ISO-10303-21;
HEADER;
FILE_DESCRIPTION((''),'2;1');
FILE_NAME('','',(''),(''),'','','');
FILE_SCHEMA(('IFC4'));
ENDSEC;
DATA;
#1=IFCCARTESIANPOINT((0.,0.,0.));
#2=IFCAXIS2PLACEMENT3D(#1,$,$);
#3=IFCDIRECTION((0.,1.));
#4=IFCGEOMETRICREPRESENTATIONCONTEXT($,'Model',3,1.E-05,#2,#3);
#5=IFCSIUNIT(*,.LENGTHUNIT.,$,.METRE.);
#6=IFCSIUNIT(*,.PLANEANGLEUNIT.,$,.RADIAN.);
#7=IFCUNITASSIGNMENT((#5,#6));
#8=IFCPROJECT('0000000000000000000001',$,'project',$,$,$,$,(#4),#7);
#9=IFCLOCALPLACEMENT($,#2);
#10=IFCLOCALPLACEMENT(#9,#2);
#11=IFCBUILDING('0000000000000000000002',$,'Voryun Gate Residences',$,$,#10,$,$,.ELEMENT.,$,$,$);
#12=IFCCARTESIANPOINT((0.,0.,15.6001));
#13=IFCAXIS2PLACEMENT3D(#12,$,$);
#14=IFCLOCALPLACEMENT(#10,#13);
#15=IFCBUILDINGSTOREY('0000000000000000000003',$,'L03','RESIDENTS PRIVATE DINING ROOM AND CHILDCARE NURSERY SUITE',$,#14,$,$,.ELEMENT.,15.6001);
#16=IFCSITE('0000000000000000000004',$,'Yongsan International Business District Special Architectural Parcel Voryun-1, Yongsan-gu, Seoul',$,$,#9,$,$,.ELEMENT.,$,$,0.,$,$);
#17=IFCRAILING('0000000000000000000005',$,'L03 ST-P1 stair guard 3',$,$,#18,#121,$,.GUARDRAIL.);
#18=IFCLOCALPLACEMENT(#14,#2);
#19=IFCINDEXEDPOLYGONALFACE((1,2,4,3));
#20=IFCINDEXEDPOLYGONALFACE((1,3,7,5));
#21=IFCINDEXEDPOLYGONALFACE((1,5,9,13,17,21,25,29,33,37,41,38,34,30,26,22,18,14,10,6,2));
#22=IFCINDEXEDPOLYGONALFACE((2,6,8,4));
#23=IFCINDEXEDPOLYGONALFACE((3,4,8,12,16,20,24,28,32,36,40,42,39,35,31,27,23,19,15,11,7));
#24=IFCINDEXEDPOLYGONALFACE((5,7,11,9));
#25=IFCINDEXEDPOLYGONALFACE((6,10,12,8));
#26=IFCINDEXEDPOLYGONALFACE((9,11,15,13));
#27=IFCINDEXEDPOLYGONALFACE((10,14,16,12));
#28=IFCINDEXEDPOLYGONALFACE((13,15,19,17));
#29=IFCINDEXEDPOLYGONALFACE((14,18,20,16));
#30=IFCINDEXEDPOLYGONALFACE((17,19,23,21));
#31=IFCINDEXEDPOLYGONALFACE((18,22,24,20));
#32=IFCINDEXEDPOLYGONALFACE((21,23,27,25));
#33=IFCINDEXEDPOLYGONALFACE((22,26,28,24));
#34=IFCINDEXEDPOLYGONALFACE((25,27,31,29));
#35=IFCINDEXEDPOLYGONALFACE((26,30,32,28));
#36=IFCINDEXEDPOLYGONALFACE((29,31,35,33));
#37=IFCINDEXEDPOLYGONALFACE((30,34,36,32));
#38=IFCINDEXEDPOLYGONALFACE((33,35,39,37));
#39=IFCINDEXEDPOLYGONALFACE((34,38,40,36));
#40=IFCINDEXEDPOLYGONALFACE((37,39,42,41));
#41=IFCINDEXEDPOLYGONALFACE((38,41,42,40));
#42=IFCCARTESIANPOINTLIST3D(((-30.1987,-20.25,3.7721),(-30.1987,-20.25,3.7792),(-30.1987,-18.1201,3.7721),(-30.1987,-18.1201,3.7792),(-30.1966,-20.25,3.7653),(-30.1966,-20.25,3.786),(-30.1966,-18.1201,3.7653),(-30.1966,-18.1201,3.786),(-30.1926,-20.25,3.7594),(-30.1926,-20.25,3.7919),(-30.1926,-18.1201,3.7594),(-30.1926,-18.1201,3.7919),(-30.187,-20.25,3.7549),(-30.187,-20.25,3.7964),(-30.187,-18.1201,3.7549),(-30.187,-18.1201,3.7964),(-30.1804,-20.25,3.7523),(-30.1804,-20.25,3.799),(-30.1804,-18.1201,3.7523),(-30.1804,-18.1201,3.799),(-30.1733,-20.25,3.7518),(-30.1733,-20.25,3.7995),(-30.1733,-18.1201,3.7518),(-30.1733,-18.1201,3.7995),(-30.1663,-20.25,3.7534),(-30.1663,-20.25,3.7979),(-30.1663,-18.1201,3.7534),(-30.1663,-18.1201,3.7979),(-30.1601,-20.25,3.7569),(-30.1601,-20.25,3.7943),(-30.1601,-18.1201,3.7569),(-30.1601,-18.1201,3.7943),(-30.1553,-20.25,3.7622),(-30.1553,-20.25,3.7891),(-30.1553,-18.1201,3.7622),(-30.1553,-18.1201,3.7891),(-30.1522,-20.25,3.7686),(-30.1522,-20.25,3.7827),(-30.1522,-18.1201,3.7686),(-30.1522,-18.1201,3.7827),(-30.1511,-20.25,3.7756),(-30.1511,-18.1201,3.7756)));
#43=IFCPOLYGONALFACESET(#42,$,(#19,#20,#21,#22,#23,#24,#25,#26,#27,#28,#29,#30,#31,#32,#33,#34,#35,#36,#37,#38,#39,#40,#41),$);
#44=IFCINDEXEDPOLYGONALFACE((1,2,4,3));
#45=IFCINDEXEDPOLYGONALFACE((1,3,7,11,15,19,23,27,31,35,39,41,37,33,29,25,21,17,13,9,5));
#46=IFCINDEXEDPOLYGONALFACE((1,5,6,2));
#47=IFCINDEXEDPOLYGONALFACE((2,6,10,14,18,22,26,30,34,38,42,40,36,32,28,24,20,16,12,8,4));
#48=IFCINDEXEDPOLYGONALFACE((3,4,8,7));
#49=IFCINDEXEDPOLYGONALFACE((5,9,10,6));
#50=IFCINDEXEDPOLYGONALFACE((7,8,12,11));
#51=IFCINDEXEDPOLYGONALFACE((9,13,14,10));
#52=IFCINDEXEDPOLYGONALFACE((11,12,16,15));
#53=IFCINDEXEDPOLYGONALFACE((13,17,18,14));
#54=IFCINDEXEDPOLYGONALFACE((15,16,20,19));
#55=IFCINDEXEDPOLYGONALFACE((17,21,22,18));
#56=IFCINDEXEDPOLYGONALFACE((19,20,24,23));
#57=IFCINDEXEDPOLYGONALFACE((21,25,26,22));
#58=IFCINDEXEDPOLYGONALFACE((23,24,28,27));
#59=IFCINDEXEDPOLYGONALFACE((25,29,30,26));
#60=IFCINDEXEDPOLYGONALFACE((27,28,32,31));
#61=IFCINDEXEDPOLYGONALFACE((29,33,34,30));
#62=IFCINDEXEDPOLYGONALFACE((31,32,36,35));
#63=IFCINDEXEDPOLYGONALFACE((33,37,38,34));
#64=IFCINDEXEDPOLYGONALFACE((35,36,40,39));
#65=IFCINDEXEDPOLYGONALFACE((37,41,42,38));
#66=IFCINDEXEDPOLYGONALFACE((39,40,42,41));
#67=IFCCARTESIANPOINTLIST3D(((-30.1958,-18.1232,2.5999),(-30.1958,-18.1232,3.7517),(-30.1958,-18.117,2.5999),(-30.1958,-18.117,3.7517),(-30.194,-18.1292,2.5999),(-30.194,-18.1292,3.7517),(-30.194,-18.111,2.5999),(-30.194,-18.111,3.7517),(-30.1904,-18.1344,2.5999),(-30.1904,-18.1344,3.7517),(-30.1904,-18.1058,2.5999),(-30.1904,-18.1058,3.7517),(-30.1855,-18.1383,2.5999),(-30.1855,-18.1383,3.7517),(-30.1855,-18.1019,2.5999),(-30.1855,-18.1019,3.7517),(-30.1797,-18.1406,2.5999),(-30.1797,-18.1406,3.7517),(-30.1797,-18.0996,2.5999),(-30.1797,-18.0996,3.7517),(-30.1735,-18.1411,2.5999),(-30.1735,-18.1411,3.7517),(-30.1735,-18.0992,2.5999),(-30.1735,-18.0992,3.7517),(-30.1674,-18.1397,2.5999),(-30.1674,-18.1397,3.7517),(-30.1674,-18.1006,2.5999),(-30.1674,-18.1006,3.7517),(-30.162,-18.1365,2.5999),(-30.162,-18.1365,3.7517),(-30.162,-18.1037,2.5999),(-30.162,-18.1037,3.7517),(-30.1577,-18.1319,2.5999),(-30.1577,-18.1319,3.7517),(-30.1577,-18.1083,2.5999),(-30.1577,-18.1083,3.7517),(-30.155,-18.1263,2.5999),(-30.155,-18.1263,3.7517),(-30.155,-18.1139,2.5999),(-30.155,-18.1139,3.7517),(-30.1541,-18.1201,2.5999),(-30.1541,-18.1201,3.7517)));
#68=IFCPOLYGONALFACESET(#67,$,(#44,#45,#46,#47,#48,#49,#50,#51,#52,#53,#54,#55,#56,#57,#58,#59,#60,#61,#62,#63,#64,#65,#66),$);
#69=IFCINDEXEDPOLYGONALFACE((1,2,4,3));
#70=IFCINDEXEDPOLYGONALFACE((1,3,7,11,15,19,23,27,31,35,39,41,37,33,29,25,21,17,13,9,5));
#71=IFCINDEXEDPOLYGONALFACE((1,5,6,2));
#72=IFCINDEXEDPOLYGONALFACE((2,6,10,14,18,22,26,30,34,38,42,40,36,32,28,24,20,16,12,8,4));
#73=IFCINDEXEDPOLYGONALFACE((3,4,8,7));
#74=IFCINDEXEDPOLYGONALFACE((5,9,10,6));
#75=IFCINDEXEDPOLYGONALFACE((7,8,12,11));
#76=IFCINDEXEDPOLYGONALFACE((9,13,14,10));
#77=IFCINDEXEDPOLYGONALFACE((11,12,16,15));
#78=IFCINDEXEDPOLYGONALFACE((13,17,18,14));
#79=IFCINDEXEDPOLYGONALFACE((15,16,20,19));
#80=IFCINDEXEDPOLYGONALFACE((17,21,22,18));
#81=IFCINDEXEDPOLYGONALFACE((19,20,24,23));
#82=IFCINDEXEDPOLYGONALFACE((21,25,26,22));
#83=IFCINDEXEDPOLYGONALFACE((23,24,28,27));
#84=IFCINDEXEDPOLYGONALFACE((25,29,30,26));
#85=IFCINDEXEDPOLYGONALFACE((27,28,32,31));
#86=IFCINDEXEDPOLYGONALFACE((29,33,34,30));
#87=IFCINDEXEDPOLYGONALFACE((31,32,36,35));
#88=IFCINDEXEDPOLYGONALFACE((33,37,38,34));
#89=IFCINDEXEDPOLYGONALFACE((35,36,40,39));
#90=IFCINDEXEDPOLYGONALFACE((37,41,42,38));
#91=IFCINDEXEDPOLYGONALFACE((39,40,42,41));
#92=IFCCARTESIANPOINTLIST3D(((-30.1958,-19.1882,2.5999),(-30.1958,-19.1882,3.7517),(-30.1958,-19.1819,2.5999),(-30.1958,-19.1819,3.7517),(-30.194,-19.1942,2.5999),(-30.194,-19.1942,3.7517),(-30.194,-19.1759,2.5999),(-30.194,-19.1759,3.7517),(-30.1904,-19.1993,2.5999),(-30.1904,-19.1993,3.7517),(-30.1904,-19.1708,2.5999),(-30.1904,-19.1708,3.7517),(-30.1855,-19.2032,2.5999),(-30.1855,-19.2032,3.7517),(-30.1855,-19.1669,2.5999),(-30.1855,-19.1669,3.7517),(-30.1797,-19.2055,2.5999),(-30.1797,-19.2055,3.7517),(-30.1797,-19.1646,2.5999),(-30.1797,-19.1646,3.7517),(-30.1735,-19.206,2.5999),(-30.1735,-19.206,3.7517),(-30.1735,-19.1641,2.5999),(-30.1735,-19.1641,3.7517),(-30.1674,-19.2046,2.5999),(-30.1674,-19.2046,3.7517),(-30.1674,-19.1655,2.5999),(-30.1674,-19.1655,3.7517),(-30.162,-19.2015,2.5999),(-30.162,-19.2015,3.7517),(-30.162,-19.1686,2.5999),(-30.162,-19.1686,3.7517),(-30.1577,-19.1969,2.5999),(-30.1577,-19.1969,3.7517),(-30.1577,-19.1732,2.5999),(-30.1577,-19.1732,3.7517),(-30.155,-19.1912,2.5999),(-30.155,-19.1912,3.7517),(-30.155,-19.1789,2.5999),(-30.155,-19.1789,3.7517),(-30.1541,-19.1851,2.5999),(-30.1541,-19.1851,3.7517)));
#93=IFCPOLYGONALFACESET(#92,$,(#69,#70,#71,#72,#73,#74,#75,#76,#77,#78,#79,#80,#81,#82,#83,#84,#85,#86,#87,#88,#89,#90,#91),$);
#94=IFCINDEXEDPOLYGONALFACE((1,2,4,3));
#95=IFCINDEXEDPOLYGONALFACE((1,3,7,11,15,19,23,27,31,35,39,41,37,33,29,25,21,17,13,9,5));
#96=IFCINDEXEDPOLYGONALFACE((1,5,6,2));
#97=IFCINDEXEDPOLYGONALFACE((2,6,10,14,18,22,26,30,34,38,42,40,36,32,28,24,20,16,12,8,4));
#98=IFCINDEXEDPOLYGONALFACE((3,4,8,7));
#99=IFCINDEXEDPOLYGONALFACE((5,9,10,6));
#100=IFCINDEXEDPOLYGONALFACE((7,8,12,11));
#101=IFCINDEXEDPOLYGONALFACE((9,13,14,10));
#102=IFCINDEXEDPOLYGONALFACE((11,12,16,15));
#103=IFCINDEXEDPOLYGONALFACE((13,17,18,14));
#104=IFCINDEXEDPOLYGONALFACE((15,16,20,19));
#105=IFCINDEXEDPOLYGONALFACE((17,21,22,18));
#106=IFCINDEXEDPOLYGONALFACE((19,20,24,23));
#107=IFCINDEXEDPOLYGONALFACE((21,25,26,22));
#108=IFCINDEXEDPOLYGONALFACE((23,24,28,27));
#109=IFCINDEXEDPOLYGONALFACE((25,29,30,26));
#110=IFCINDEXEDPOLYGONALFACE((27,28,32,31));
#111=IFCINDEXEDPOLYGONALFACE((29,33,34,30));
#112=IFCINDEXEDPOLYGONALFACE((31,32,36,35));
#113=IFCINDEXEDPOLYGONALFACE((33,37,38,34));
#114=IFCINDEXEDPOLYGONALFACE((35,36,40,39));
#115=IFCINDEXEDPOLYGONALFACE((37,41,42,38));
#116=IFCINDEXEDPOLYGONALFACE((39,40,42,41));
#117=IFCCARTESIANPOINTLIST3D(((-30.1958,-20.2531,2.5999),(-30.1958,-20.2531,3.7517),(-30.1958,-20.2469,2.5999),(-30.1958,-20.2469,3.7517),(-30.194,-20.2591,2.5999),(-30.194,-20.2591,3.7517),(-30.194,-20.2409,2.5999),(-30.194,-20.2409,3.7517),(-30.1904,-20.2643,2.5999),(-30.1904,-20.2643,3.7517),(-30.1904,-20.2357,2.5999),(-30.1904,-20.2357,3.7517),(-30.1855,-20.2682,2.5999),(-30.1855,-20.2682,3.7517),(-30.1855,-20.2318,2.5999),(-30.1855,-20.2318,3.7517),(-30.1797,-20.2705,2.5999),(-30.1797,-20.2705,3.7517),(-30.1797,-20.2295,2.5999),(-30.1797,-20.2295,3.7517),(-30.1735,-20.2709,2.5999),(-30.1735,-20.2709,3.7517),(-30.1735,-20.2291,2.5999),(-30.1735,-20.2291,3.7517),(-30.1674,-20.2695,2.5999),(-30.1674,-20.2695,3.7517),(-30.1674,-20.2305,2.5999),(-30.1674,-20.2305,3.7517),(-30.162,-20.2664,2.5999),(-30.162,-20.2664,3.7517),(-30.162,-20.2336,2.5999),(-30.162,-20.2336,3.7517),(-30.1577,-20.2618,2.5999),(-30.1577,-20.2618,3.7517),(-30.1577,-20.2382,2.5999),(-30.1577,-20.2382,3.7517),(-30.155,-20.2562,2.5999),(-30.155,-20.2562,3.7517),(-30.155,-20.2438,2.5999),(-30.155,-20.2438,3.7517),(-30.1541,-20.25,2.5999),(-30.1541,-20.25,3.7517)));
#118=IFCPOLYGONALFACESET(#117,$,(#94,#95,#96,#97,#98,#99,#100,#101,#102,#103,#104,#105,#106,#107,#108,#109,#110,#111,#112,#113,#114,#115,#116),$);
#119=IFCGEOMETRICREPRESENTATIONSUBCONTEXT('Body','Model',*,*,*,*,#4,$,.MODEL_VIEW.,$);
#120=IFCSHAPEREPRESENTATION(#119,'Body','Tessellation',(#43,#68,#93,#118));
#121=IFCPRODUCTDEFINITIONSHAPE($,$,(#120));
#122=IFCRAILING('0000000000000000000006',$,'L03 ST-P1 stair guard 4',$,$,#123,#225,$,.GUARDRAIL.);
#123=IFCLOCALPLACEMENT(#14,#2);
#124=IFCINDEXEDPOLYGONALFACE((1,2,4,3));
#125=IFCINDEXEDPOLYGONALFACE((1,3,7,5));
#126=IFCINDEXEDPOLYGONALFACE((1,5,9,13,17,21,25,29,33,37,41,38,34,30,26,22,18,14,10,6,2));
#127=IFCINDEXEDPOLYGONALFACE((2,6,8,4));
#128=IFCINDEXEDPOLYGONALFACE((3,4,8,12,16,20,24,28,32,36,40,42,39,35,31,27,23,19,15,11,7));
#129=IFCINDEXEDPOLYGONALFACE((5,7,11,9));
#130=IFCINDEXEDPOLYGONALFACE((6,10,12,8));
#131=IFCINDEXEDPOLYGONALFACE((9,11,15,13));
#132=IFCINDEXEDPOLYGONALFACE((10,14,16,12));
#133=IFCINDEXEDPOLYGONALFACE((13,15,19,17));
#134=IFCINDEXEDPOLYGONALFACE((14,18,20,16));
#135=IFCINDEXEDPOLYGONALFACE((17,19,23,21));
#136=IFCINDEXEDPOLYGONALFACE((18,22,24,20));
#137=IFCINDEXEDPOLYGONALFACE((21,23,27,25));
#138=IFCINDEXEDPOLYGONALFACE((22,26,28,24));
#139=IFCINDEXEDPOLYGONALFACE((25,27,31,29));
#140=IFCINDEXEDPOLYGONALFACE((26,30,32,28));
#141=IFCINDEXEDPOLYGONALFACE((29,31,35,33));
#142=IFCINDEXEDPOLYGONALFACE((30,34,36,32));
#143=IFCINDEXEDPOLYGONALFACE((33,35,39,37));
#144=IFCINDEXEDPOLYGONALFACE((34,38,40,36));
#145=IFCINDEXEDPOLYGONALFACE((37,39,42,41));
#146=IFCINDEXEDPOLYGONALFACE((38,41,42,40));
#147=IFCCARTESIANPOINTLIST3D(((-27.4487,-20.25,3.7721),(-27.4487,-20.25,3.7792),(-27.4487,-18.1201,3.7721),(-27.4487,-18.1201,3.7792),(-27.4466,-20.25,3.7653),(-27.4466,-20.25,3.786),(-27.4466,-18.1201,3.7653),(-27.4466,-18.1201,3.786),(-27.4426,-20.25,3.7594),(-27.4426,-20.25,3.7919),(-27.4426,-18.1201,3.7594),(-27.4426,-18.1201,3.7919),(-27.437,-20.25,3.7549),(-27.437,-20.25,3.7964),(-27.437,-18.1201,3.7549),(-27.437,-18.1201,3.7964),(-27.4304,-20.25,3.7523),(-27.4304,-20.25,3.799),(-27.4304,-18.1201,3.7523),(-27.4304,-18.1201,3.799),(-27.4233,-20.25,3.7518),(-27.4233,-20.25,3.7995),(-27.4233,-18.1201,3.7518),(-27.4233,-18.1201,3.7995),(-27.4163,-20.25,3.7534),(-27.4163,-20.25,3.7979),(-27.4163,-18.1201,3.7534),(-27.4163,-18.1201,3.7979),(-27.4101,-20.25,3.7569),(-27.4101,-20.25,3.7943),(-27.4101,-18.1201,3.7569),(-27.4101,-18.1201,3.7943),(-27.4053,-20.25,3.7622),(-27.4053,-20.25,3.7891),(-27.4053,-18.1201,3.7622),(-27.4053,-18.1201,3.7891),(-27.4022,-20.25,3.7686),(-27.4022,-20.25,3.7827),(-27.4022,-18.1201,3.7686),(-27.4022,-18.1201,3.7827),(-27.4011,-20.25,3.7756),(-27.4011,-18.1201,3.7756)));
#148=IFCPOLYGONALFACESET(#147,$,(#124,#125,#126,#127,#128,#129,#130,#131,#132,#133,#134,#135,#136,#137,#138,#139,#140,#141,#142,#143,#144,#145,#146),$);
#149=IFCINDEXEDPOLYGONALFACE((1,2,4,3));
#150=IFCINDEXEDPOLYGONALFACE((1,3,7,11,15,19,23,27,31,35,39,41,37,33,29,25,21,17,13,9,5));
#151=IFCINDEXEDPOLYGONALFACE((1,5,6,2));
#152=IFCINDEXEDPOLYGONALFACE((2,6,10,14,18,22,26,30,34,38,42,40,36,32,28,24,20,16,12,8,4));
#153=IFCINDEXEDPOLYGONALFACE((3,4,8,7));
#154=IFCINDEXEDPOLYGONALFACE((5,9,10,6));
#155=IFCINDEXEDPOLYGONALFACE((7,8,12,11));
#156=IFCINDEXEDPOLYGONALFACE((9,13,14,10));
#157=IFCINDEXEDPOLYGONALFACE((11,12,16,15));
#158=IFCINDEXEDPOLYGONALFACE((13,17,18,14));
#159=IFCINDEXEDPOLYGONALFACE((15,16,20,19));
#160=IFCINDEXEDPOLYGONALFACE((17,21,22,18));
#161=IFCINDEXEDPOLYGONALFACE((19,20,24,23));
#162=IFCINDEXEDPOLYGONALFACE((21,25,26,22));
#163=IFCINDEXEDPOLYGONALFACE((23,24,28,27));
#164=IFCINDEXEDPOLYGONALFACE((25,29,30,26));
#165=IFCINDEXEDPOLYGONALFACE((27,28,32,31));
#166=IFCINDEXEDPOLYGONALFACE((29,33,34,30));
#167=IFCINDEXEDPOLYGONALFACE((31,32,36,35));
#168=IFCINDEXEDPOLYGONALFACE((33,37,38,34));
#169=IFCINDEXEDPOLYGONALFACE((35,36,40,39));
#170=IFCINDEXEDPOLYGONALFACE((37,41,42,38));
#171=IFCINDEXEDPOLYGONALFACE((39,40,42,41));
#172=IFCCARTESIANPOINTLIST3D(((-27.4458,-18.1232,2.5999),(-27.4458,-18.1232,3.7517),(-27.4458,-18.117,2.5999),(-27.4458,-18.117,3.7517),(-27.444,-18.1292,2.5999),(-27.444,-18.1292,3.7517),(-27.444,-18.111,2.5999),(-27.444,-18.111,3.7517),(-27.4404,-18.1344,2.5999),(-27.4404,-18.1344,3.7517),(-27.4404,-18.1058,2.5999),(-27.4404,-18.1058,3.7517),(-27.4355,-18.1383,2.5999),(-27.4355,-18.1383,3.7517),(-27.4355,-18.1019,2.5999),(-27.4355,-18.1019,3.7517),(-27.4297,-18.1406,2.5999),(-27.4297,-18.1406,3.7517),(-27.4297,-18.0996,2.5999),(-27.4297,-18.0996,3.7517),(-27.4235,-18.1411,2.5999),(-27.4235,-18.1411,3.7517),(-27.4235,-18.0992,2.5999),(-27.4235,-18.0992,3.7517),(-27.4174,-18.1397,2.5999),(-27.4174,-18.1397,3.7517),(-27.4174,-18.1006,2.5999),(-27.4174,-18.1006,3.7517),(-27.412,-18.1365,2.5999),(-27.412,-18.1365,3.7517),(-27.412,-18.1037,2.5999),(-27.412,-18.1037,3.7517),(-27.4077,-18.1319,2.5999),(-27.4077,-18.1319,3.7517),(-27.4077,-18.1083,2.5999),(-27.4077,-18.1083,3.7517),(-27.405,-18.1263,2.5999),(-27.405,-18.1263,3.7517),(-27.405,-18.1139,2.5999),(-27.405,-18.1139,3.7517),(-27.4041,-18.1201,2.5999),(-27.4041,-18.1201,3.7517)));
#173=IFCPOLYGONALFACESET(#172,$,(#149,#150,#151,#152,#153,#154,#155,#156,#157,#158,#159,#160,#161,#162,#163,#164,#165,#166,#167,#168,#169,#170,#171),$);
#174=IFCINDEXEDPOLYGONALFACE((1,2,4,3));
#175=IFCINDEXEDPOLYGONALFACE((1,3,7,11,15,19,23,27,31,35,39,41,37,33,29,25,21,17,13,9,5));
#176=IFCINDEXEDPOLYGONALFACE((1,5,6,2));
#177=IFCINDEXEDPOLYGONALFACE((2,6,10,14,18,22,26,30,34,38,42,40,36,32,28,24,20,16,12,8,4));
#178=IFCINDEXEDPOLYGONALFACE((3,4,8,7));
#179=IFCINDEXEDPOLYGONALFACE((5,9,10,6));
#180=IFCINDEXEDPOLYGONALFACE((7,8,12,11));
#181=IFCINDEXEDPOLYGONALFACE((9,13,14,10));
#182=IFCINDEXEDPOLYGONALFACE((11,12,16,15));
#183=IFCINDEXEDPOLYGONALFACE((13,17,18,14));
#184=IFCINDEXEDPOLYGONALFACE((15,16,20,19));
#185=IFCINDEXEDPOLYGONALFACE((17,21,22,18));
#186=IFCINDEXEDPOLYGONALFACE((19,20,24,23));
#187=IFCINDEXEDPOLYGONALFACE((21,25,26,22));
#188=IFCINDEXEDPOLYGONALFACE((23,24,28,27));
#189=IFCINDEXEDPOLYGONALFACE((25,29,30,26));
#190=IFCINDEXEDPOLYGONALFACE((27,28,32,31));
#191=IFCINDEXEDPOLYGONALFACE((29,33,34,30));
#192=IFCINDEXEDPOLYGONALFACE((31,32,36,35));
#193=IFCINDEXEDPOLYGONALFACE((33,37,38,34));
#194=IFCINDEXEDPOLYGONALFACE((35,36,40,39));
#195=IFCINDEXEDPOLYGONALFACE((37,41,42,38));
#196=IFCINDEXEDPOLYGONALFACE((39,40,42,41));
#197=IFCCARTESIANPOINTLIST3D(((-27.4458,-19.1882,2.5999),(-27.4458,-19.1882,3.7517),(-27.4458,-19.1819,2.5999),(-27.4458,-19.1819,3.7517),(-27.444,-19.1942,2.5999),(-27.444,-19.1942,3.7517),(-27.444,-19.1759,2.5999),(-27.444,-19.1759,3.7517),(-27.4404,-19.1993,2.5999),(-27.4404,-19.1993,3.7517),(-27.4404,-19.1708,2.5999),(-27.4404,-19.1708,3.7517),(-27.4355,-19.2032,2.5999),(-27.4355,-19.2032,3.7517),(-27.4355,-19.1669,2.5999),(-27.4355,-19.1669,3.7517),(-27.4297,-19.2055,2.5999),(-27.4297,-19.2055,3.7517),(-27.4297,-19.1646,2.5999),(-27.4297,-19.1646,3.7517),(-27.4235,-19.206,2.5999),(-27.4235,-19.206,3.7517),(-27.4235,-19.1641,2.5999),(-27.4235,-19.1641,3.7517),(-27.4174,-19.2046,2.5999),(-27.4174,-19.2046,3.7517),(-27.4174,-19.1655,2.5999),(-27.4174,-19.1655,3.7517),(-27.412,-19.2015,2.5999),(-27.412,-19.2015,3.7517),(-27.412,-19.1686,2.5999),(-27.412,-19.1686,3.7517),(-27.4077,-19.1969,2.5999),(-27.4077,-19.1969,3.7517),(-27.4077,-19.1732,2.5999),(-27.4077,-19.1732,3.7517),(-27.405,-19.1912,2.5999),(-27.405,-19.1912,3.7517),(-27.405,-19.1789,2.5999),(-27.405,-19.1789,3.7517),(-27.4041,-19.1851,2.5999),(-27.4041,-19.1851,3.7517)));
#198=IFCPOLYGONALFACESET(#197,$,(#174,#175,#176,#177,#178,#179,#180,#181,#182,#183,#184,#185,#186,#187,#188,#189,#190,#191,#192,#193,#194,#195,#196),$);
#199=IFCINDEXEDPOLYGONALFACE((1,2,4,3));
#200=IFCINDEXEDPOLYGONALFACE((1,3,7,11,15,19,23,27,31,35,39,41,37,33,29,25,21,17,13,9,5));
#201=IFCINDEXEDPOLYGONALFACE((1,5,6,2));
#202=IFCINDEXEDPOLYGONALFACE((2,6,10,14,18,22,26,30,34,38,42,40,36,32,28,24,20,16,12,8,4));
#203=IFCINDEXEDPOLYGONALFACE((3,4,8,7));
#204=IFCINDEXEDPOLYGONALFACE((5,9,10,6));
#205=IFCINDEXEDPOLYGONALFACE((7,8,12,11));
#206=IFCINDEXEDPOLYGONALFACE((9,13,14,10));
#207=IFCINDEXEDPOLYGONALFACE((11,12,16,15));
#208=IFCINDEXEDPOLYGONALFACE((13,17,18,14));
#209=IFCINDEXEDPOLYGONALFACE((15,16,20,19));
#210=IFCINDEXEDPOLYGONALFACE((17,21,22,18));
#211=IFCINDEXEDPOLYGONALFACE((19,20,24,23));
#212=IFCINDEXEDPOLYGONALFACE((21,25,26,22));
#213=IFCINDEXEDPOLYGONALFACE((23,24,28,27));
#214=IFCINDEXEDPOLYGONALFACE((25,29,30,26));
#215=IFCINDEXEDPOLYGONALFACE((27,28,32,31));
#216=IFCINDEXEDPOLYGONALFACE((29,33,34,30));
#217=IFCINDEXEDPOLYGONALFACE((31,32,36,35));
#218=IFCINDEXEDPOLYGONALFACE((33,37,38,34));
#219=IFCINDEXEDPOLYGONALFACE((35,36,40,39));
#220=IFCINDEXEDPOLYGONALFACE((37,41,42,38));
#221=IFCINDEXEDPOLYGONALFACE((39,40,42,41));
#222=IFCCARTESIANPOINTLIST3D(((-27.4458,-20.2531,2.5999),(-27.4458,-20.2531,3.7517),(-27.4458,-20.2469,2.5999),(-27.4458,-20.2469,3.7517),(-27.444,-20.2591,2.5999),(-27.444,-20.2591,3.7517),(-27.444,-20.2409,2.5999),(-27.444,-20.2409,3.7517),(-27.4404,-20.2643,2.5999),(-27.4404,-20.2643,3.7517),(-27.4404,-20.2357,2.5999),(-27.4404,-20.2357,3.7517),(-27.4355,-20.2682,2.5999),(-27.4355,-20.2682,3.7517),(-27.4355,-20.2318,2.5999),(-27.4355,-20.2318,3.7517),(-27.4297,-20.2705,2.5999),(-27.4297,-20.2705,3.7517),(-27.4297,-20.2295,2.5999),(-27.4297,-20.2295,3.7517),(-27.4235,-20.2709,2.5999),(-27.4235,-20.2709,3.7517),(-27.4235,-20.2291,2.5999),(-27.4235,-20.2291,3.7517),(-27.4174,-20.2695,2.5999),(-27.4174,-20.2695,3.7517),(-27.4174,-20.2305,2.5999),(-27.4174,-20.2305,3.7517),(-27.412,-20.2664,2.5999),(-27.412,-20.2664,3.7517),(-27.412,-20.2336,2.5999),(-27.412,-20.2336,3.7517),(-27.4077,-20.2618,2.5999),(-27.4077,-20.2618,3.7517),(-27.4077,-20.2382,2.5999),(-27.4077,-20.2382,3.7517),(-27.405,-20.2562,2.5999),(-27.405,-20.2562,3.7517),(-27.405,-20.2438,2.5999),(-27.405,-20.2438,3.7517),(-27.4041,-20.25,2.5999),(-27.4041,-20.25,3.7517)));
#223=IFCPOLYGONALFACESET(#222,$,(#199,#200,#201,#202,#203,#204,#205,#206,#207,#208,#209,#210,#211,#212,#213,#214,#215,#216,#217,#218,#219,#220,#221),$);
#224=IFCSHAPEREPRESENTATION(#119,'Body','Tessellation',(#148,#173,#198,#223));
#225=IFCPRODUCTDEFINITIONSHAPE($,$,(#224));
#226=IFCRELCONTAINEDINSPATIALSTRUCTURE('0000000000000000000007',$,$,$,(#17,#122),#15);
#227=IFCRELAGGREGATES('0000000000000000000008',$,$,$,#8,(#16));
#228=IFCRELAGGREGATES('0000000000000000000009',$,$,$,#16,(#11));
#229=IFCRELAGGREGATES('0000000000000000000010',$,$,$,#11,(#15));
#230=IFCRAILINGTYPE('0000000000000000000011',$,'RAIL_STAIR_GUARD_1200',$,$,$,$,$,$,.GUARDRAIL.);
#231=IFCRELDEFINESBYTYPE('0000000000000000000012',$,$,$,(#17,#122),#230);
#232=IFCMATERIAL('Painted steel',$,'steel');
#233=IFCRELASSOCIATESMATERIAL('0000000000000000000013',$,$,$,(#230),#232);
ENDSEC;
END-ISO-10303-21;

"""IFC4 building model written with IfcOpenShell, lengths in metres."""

from ifc_helpers import new_model, si_unit, direction, frame, origin, origin_2d, place, context, subcontext, project, spatial, circle, extrude, material, type_object, element, save


model = new_model("IFC4")

# Units and contexts
model_context = context("Model", 3, precision=1e-05, world=origin(), true_north=direction((0.0, 1.0)))
body_context = subcontext(model_context, "Body", "Model", "MODEL_VIEW")
ifc_project = project(units=[si_unit("LENGTHUNIT", "METRE"), si_unit("PLANEANGLEUNIT", "RADIAN")], contexts=[model_context])

# Site, building, storey
site_placement = place(None, origin())
site = spatial("IfcSite", under=ifc_project, at=site_placement, Name="Yongsan International Business District Special Architectural Parcel Voryun-1, Yongsan-gu, Seoul", CompositionType="ELEMENT", RefElevation=0.0)
building_placement = place(site_placement, origin())
building = spatial("IfcBuilding", under=site, at=building_placement, Name="Voryun Gate Residences", CompositionType="ELEMENT")
storey_placement = place(building_placement, frame((0.0, 0.0, 15.6001)))
storey = spatial("IfcBuildingStorey", under=building, at=storey_placement, Name="L03", Description="RESIDENTS PRIVATE DINING ROOM AND CHILDCARE NURSERY SUITE", CompositionType="ELEMENT", Elevation=15.6001)

# Railings
ifc_material_1 = material(Name="Painted steel", Category="steel")
railing_type_1 = type_object("IfcRailingType", Name="RAIL_STAIR_GUARD_1200", PredefinedType="GUARDRAIL", material=ifc_material_1)
for number, where, name in (
    (1, (-30.175, -18.1201, 2.5999), "L03 ST-P1 stair guard 3"),
    (2, (-27.425, -18.1201, 2.5999), "L03 ST-P1 stair guard 4"),
):
    element("IfcRailing", number, at=place(storey_placement, frame(where)), inside=storey, type_object=railing_type_1, Name=name, PredefinedType="GUARDRAIL", context=body_context, shape_type="SweptSolid", body=[
        extrude(circle(Radius=0.0239, at=origin_2d()), frame((0.0, 0.0, 1.1758), z_axis=(0.0, -1.0, 0.0), x_axis=(1.0, 0.0, 0.0)), (0.0, 0.0, 1.0), 2.1299),
        extrude(circle(Radius=0.021, at=origin_2d()), origin(), (0.0, 0.0, 1.0), 1.1519),
        extrude(circle(Radius=0.021, at=origin_2d()), frame((0.0, -1.0649, 0.0)), (0.0, 0.0, 1.0), 1.1519),
        extrude(circle(Radius=0.021, at=origin_2d()), frame((0.0, -2.1299, 0.0)), (0.0, 0.0, 1.0), 1.1519),
    ])

save(model, "model.ifc")
